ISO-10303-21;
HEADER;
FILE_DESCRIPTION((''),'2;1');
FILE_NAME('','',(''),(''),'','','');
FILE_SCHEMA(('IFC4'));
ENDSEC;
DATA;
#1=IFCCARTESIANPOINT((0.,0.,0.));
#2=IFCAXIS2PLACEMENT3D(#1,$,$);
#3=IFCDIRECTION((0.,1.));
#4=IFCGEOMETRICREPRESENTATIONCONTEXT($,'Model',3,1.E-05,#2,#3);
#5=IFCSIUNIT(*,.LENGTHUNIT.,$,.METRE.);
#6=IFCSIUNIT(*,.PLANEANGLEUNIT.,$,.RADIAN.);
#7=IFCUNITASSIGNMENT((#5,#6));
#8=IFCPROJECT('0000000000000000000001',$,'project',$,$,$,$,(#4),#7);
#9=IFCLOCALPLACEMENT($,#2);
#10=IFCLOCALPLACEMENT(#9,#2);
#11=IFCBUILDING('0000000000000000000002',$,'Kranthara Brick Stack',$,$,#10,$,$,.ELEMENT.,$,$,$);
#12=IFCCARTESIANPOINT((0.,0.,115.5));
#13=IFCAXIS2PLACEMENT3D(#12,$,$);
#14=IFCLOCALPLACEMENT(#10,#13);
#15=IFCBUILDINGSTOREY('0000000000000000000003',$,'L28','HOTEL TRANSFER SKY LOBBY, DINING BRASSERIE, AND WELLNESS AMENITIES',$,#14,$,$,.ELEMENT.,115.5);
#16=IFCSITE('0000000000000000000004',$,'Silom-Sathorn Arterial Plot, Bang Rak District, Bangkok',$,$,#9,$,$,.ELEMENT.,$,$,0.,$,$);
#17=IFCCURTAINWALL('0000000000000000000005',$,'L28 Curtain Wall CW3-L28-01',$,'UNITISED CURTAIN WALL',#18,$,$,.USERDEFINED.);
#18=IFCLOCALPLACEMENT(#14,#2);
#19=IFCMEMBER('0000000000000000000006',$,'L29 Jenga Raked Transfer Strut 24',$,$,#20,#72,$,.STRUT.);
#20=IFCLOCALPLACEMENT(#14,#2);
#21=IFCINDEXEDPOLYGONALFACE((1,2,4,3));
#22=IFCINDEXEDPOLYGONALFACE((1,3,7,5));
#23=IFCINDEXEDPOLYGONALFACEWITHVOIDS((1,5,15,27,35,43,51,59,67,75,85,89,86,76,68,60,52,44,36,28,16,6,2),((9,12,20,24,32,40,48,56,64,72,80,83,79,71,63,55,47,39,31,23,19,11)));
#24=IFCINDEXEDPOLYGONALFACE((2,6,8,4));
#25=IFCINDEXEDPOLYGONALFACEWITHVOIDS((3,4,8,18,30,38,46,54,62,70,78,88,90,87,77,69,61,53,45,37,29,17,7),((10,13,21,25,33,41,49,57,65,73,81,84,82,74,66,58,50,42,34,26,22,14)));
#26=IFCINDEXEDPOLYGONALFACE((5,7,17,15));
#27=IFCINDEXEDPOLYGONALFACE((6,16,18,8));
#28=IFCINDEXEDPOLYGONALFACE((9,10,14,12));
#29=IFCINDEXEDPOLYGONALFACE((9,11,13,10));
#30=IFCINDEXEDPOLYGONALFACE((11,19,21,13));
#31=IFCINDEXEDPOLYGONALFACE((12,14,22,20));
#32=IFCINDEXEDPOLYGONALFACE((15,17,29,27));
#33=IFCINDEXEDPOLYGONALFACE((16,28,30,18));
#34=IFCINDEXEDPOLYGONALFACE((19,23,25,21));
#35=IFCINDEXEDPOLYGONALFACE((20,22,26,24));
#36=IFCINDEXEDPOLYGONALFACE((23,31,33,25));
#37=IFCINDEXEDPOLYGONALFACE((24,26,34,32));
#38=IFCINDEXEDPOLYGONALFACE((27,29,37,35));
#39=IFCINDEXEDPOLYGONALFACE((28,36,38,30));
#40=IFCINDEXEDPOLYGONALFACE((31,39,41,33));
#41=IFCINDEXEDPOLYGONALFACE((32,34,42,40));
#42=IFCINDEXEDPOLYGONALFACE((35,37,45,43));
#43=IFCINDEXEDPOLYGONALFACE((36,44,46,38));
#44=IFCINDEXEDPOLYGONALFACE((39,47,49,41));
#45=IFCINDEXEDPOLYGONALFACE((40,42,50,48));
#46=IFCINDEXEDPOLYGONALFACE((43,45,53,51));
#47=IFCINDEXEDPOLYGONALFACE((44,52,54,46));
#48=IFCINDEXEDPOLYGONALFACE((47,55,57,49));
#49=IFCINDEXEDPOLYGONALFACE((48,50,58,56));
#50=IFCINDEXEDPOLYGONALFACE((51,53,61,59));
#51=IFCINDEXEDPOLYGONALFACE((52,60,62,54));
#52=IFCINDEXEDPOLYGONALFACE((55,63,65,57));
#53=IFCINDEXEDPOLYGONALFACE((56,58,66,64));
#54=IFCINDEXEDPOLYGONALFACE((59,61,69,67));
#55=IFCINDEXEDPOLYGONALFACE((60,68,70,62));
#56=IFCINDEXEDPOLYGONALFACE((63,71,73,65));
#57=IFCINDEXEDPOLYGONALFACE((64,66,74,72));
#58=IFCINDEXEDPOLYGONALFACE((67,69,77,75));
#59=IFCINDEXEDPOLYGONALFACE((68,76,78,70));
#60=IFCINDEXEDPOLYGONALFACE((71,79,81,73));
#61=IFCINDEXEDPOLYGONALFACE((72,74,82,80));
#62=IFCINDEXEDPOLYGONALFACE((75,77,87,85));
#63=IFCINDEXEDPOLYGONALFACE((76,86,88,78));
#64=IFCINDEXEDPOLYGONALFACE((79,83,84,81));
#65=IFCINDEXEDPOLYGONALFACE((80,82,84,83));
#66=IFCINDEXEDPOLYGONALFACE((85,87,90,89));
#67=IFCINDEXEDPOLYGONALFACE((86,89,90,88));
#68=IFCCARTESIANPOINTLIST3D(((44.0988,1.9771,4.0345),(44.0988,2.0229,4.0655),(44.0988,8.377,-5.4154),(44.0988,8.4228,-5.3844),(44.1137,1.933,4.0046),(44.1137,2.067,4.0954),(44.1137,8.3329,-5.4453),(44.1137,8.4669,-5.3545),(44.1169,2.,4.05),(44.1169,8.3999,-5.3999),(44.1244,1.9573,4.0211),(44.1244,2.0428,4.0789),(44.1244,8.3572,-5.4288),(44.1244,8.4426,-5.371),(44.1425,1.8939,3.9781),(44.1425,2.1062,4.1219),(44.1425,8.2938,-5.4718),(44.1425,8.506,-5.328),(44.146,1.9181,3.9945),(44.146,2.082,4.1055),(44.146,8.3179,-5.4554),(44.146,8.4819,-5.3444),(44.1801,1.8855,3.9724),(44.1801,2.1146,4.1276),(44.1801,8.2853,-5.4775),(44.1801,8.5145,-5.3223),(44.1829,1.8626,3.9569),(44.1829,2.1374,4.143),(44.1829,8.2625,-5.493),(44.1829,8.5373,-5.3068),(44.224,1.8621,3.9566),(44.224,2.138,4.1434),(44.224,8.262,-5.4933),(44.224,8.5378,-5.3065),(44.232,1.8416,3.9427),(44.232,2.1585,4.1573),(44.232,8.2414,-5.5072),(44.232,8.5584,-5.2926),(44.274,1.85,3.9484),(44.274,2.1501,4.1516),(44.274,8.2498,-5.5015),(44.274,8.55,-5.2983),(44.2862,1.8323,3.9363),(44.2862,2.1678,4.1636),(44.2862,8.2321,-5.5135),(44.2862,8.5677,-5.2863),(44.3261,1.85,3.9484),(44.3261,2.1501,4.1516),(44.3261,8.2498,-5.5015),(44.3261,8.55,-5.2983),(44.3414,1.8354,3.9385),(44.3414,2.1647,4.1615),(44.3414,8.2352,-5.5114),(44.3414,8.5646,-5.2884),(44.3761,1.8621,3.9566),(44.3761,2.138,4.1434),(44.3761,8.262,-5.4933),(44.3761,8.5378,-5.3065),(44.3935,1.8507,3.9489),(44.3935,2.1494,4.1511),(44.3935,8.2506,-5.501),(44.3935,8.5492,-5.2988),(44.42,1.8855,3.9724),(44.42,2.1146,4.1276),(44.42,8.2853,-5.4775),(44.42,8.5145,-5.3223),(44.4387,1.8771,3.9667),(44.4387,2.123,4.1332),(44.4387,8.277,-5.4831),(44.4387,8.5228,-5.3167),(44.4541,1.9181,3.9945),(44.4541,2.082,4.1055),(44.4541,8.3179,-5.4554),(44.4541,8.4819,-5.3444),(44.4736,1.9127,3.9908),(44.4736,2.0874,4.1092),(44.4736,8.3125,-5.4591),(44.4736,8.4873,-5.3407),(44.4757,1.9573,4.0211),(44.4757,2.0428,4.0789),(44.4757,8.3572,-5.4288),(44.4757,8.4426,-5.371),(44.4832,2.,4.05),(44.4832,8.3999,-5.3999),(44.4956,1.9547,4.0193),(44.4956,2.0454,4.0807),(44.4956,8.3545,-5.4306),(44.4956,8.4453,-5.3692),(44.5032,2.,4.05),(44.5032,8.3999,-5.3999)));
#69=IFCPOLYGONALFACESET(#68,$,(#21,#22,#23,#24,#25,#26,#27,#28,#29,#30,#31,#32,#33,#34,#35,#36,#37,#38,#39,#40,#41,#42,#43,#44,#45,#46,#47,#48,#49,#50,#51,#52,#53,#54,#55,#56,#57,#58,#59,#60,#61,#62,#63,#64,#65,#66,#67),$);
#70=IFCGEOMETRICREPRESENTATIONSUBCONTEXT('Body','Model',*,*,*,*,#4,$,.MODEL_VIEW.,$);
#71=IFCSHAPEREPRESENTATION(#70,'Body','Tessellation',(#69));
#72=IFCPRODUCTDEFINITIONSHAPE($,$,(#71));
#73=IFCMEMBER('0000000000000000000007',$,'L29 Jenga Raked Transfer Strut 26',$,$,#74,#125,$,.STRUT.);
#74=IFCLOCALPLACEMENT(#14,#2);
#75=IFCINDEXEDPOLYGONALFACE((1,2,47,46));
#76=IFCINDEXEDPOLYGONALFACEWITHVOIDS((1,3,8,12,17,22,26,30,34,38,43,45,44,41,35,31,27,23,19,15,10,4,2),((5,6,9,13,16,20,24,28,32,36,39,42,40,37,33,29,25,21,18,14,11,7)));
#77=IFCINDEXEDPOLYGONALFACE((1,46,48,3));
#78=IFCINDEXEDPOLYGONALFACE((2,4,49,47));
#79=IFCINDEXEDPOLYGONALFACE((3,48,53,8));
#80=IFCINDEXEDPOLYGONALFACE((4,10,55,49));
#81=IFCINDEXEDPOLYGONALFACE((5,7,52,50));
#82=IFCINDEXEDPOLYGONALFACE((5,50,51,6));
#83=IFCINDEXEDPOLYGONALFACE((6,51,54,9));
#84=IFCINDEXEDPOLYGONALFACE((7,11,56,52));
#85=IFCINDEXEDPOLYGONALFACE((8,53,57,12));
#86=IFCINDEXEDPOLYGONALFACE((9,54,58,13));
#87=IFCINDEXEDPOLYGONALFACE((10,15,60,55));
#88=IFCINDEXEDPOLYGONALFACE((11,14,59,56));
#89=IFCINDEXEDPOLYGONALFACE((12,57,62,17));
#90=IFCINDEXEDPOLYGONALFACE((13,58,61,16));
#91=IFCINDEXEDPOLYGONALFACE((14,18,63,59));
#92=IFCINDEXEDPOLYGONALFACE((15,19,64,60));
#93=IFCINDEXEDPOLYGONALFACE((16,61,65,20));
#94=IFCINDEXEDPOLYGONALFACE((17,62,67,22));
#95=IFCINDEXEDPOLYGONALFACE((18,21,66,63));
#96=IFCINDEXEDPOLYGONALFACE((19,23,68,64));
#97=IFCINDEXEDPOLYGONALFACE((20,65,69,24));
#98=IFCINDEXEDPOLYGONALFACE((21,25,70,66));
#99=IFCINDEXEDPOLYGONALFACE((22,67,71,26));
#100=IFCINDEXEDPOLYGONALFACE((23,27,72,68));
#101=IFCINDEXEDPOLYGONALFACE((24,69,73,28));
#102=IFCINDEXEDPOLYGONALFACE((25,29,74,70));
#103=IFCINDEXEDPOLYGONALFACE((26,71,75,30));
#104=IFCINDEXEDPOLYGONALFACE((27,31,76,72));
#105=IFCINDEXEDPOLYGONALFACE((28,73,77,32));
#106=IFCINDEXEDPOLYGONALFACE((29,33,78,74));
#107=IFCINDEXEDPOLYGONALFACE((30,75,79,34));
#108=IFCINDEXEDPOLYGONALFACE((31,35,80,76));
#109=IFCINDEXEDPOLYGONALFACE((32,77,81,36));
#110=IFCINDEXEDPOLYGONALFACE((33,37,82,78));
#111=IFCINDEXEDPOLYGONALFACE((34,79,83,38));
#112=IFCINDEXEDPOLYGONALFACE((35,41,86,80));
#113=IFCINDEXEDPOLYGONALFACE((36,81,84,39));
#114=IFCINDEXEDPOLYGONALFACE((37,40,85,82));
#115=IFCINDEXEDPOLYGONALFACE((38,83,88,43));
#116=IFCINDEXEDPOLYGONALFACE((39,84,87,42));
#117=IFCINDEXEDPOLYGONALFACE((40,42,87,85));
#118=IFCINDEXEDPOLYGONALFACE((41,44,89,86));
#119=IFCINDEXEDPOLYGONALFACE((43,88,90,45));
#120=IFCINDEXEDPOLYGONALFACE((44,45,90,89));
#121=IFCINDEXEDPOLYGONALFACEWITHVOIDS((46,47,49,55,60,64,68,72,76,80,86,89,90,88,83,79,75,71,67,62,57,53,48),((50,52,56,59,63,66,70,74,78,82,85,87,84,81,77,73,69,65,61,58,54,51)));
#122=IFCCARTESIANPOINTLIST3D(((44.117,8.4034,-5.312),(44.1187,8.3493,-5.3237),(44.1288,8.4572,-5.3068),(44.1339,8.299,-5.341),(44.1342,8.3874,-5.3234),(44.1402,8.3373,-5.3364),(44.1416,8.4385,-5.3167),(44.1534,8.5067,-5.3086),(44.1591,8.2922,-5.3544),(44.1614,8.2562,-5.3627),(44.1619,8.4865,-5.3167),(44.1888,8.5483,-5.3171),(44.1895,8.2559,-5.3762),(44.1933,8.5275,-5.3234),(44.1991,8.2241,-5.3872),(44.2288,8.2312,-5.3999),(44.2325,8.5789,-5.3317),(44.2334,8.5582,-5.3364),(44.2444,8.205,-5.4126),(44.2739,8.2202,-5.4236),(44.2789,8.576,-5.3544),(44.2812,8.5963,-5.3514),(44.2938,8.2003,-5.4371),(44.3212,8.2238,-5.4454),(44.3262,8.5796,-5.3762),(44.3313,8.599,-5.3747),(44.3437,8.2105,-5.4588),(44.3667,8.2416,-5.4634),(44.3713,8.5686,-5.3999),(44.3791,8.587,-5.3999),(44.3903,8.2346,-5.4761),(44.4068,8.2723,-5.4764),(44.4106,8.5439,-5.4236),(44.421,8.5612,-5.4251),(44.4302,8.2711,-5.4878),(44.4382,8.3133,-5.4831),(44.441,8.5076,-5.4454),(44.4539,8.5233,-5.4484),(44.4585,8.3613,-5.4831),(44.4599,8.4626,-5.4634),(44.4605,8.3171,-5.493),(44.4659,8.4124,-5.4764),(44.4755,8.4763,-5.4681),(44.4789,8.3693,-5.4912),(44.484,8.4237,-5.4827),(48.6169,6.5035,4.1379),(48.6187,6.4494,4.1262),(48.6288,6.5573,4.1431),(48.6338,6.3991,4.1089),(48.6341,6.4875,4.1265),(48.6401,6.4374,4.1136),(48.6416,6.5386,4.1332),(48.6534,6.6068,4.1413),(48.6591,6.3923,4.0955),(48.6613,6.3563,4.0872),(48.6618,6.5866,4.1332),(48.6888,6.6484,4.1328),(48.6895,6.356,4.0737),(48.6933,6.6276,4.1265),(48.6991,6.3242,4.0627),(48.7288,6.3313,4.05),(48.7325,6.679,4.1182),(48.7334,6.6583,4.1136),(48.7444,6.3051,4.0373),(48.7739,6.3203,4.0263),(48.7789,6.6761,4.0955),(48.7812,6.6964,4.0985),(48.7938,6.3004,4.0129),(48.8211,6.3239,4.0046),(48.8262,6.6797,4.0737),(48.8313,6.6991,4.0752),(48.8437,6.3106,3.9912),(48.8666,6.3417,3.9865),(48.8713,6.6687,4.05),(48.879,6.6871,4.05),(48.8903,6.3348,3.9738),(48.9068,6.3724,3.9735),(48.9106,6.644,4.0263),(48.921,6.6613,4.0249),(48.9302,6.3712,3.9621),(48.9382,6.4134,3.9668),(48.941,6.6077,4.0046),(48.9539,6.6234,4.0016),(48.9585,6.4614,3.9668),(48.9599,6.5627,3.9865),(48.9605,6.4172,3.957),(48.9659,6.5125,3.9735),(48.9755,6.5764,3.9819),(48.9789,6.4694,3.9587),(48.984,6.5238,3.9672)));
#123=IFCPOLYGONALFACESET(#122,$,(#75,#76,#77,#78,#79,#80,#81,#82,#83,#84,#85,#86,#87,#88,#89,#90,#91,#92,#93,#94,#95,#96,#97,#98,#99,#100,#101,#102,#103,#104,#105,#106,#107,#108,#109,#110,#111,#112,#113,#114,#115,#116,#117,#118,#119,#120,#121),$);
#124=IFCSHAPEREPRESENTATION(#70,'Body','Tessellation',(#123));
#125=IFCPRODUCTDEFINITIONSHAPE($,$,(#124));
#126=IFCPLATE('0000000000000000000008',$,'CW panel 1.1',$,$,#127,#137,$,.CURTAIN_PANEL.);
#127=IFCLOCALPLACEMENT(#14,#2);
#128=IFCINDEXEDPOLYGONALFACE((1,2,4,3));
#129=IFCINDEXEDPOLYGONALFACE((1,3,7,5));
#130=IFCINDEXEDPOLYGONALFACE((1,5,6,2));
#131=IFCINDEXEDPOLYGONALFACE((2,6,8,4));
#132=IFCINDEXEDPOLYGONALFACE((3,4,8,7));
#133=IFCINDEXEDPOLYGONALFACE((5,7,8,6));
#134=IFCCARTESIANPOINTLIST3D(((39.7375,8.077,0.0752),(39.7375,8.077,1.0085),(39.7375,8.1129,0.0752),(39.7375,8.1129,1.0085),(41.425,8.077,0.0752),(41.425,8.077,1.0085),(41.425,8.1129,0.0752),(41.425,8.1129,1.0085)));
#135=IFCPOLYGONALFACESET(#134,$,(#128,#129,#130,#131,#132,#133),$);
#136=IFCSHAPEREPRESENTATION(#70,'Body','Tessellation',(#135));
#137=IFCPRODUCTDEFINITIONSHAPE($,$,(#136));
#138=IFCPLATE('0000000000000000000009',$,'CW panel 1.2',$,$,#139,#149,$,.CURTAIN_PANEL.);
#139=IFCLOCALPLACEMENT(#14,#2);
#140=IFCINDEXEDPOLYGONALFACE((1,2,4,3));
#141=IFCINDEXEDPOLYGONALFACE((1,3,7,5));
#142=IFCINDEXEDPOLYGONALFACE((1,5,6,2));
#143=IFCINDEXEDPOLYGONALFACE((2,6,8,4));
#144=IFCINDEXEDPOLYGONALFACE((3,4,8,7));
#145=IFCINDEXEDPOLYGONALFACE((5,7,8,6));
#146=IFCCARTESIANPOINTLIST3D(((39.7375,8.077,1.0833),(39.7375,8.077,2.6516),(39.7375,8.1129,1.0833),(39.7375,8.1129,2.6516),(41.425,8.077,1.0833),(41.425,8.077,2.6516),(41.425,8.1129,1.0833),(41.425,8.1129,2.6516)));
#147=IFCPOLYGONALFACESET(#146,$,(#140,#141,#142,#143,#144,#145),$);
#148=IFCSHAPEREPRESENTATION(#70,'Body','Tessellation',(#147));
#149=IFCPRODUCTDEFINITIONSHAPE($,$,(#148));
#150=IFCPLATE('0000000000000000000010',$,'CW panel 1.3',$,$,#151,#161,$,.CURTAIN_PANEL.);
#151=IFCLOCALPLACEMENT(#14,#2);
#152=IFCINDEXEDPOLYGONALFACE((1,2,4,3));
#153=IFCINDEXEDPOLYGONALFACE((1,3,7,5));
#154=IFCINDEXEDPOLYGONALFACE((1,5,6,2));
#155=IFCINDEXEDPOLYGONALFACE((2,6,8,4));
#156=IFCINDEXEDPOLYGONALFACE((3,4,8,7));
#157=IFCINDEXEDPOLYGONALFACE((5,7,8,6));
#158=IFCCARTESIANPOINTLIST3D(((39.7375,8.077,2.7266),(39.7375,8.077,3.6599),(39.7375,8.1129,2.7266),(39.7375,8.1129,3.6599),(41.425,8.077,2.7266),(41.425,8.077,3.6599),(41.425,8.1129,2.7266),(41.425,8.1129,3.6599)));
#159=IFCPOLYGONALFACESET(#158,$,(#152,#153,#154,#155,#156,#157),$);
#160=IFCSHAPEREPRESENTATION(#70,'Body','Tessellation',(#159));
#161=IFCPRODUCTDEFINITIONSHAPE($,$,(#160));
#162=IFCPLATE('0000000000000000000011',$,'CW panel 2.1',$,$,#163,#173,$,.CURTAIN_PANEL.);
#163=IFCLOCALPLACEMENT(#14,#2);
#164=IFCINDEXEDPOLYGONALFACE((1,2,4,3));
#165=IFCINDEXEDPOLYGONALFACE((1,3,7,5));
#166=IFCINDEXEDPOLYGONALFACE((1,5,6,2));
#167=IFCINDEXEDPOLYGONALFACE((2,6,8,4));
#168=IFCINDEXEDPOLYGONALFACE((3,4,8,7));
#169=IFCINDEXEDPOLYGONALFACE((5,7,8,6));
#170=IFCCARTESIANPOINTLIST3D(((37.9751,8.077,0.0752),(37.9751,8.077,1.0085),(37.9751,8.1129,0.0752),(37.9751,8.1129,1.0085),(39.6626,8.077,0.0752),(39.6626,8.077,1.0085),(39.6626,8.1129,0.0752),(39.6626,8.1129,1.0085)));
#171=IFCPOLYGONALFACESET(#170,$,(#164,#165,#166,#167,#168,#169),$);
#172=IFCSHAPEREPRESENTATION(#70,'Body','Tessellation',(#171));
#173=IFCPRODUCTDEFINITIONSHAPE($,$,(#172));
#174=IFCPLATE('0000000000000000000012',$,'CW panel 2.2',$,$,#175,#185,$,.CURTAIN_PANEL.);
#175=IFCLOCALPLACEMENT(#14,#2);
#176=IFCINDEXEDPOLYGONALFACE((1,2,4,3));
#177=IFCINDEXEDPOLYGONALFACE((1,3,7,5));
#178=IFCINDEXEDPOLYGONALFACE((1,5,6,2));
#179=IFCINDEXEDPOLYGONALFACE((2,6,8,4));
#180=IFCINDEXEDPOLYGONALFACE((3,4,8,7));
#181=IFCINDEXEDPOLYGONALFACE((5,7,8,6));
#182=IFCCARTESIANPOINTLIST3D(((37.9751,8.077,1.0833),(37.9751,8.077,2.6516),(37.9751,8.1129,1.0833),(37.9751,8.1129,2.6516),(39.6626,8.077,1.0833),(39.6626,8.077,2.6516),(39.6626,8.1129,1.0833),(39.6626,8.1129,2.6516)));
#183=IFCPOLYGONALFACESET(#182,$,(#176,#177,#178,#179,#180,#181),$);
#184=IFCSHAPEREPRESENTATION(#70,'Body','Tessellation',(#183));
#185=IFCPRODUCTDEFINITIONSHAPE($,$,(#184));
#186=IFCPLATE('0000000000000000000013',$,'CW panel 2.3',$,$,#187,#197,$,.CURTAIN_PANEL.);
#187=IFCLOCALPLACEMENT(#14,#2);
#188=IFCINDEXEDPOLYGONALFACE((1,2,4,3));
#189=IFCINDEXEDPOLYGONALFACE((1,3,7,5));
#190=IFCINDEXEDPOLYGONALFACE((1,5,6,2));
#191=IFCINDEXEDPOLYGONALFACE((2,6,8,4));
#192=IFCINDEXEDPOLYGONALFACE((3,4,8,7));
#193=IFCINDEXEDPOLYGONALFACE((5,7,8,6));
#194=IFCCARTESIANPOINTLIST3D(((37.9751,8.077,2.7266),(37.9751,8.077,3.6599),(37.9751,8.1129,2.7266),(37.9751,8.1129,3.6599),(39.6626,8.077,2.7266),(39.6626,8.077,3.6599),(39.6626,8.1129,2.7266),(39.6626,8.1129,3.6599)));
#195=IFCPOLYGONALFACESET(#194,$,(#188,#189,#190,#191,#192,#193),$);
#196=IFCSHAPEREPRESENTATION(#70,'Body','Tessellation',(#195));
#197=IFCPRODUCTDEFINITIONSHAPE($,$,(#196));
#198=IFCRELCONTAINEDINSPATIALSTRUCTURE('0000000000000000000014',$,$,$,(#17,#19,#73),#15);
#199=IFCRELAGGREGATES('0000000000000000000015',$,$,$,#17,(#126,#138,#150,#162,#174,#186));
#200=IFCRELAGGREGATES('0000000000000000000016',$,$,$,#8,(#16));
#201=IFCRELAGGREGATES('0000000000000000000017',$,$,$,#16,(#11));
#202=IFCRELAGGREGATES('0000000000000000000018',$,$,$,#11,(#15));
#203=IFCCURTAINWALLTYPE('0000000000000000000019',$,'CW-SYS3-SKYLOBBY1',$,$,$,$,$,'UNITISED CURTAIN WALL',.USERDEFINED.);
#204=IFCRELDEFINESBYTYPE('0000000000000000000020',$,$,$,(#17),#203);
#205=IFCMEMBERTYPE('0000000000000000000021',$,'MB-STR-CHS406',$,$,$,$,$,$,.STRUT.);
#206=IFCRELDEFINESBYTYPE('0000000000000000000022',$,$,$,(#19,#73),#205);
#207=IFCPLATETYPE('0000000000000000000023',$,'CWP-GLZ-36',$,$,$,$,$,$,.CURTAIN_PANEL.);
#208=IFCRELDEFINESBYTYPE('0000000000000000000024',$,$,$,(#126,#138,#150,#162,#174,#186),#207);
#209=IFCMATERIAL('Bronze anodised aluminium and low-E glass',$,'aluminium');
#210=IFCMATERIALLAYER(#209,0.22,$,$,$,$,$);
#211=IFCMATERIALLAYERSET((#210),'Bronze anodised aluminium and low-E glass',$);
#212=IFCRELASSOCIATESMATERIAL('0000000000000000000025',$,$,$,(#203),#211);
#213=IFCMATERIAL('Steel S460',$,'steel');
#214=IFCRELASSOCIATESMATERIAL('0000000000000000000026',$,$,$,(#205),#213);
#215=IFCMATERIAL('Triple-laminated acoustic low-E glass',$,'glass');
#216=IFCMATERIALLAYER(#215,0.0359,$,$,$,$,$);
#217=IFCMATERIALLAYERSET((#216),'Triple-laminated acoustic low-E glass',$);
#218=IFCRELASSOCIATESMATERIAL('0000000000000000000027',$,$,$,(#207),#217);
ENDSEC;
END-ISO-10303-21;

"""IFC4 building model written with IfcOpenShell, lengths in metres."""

from ifc_helpers import new_model, si_unit, direction, frame, origin, origin_2d, place, context, subcontext, project, spatial, rectangle, hollow_circle, extrude, material, layer, layer_set, material_profile, profile_set, type_object, element, aggregate, save


model = new_model("IFC4")

# Units and contexts
model_context = context("Model", 3, precision=1e-05, world=origin(), true_north=direction((0.0, 1.0)))
body_context = subcontext(model_context, "Body", "Model", "MODEL_VIEW")
ifc_project = project(units=[si_unit("LENGTHUNIT", "METRE"), si_unit("PLANEANGLEUNIT", "RADIAN")], contexts=[model_context])

# Site, building, storey
site_placement = place(None, origin())
site = spatial("IfcSite", under=ifc_project, at=site_placement, Name="Silom-Sathorn Arterial Plot, Bang Rak District, Bangkok", CompositionType="ELEMENT", RefElevation=0.0)
building_placement = place(site_placement, origin())
building = spatial("IfcBuilding", under=site, at=building_placement, Name="Kranthara Brick Stack", CompositionType="ELEMENT")
storey_placement = place(building_placement, frame((0.0, 0.0, 115.5)))
storey = spatial("IfcBuildingStorey", under=building, at=storey_placement, Name="L28", Description="HOTEL TRANSFER SKY LOBBY, DINING BRASSERIE, AND WELLNESS AMENITIES", CompositionType="ELEMENT", Elevation=115.5)

# Curtain wall
ifc_material_1 = material(Name="Bronze anodised aluminium and low-E glass", Category="aluminium")
ifc_layer_1 = layer(ifc_material_1, 0.22)
ifc_layer_set_1 = layer_set([ifc_layer_1], Name="Bronze anodised aluminium and low-E glass")
curtain_wall_type = type_object("IfcCurtainWallType", Name="CW-SYS3-SKYLOBBY1", ElementType="UNITISED CURTAIN WALL", PredefinedType="USERDEFINED", material=ifc_layer_set_1)
curtain_wall_1_placement = place(storey_placement, origin())
curtain_wall_1 = element("IfcCurtainWall", 1, at=curtain_wall_1_placement, inside=storey, type_object=curtain_wall_type, Name="L28 Curtain Wall CW3-L28-01", ObjectType="UNITISED CURTAIN WALL", PredefinedType="USERDEFINED")

# Members
ifc_material_2 = material(Name="Steel S460", Category="steel")
ifc_material_profile_1 = material_profile(ifc_material_2, hollow_circle(Radius=0.2031, WallThickness=0.02, at=origin_2d()), Name="CHS 406.4x20")
ifc_profile_set_1 = profile_set([ifc_material_profile_1], Name="Steel S460")
member_type_1 = type_object("IfcMemberType", Name="MB-STR-CHS406", PredefinedType="STRUT", material=ifc_profile_set_1)
for number, where, z_axis, x_axis, name in (
    (2, (44.3, 8.3999, -5.3999), (0.0, -0.560747, 0.827987), (1.0, 0.0, 0.0), "L29 Jenga Raked Transfer Strut 24"),
):
    element("IfcMember", number, at=place(storey_placement, frame(where, z_axis=z_axis, x_axis=x_axis)), inside=storey, type_object=member_type_1, Name=name, PredefinedType="STRUT", context=body_context, shape_type="SweptSolid", body=[
        extrude(hollow_circle(Radius=0.2031, WallThickness=0.02, at=origin_2d()), origin(), (0.0, 0.0, 1.0), 11.4131),
    ])
member_1_placement = place(storey_placement, frame((44.3, 8.3999, -5.3999), z_axis=(0.423023, -0.1786, 0.888343), x_axis=(0.388955, 0.921257, 0.0)))
element("IfcMember", 3, at=member_1_placement, inside=storey, type_object=member_type_1, Name="L29 Jenga Raked Transfer Strut 26", PredefinedType="STRUT", context=body_context, shape_type="SweptSolid", body=[
    extrude(hollow_circle(Radius=0.2031, WallThickness=0.02, at=origin_2d()), origin(), (0.0, 0.0, 1.0), 10.6377),
])

# Plates
ifc_material_3 = material(Name="Triple-laminated acoustic low-E glass", Category="glass")
ifc_layer_2 = layer(ifc_material_3, 0.0359)
ifc_layer_set_2 = layer_set([ifc_layer_2], Name="Triple-laminated acoustic low-E glass")
plate_type_1 = type_object("IfcPlateType", Name="CWP-GLZ-36", PredefinedType="CURTAIN_PANEL", material=ifc_layer_set_2)
plate_1_placement = place(storey_placement, frame((40.5813, 8.095, 0.0752), z_axis=(0.0, 0.0, 1.0), x_axis=(-1.0, 0.0, 0.0)))
plate_1 = element("IfcPlate", 4, at=plate_1_placement, type_object=plate_type_1, Name="CW panel 1.1", PredefinedType="CURTAIN_PANEL", context=body_context, shape_type="SweptSolid", body=[
    extrude(rectangle(XDim=1.6875, YDim=0.0359, at=origin_2d()), origin(), (0.0, 0.0, 1.0), 0.9333),
])
plate_2_placement = place(storey_placement, frame((40.5813, 8.095, 1.0833), z_axis=(0.0, 0.0, 1.0), x_axis=(-1.0, 0.0, 0.0)))
plate_2 = element("IfcPlate", 5, at=plate_2_placement, type_object=plate_type_1, Name="CW panel 1.2", PredefinedType="CURTAIN_PANEL", context=body_context, shape_type="SweptSolid", body=[
    extrude(rectangle(XDim=1.6875, YDim=0.0359, at=origin_2d()), origin(), (0.0, 0.0, 1.0), 1.5684),
])
plate_3_placement = place(storey_placement, frame((40.5813, 8.095, 2.7266), z_axis=(0.0, 0.0, 1.0), x_axis=(-1.0, 0.0, 0.0)))
plate_3 = element("IfcPlate", 6, at=plate_3_placement, type_object=plate_type_1, Name="CW panel 1.3", PredefinedType="CURTAIN_PANEL", context=body_context, shape_type="SweptSolid", body=[
    extrude(rectangle(XDim=1.6875, YDim=0.0359, at=origin_2d()), origin(), (0.0, 0.0, 1.0), 0.9333),
])
plate_4_placement = place(storey_placement, frame((38.8188, 8.095, 0.0752), z_axis=(0.0, 0.0, 1.0), x_axis=(-1.0, 0.0, 0.0)))
plate_4 = element("IfcPlate", 7, at=plate_4_placement, type_object=plate_type_1, Name="CW panel 2.1", PredefinedType="CURTAIN_PANEL", context=body_context, shape_type="SweptSolid", body=[
    extrude(rectangle(XDim=1.6875, YDim=0.0359, at=origin_2d()), origin(), (0.0, 0.0, 1.0), 0.9333),
])
plate_5_placement = place(storey_placement, frame((38.8188, 8.095, 1.0833), z_axis=(0.0, 0.0, 1.0), x_axis=(-1.0, 0.0, 0.0)))
plate_5 = element("IfcPlate", 8, at=plate_5_placement, type_object=plate_type_1, Name="CW panel 2.2", PredefinedType="CURTAIN_PANEL", context=body_context, shape_type="SweptSolid", body=[
    extrude(rectangle(XDim=1.6875, YDim=0.0359, at=origin_2d()), origin(), (0.0, 0.0, 1.0), 1.5684),
])
plate_6_placement = place(storey_placement, frame((38.8188, 8.095, 2.7266), z_axis=(0.0, 0.0, 1.0), x_axis=(-1.0, 0.0, 0.0)))
plate_6 = element("IfcPlate", 9, at=plate_6_placement, type_object=plate_type_1, Name="CW panel 2.3", PredefinedType="CURTAIN_PANEL", context=body_context, shape_type="SweptSolid", body=[
    extrude(rectangle(XDim=1.6875, YDim=0.0359, at=origin_2d()), origin(), (0.0, 0.0, 1.0), 0.9333),
])
aggregate(curtain_wall_1, [plate_1, plate_2, plate_3, plate_4, plate_5, plate_6])

save(model, "model.ifc")
